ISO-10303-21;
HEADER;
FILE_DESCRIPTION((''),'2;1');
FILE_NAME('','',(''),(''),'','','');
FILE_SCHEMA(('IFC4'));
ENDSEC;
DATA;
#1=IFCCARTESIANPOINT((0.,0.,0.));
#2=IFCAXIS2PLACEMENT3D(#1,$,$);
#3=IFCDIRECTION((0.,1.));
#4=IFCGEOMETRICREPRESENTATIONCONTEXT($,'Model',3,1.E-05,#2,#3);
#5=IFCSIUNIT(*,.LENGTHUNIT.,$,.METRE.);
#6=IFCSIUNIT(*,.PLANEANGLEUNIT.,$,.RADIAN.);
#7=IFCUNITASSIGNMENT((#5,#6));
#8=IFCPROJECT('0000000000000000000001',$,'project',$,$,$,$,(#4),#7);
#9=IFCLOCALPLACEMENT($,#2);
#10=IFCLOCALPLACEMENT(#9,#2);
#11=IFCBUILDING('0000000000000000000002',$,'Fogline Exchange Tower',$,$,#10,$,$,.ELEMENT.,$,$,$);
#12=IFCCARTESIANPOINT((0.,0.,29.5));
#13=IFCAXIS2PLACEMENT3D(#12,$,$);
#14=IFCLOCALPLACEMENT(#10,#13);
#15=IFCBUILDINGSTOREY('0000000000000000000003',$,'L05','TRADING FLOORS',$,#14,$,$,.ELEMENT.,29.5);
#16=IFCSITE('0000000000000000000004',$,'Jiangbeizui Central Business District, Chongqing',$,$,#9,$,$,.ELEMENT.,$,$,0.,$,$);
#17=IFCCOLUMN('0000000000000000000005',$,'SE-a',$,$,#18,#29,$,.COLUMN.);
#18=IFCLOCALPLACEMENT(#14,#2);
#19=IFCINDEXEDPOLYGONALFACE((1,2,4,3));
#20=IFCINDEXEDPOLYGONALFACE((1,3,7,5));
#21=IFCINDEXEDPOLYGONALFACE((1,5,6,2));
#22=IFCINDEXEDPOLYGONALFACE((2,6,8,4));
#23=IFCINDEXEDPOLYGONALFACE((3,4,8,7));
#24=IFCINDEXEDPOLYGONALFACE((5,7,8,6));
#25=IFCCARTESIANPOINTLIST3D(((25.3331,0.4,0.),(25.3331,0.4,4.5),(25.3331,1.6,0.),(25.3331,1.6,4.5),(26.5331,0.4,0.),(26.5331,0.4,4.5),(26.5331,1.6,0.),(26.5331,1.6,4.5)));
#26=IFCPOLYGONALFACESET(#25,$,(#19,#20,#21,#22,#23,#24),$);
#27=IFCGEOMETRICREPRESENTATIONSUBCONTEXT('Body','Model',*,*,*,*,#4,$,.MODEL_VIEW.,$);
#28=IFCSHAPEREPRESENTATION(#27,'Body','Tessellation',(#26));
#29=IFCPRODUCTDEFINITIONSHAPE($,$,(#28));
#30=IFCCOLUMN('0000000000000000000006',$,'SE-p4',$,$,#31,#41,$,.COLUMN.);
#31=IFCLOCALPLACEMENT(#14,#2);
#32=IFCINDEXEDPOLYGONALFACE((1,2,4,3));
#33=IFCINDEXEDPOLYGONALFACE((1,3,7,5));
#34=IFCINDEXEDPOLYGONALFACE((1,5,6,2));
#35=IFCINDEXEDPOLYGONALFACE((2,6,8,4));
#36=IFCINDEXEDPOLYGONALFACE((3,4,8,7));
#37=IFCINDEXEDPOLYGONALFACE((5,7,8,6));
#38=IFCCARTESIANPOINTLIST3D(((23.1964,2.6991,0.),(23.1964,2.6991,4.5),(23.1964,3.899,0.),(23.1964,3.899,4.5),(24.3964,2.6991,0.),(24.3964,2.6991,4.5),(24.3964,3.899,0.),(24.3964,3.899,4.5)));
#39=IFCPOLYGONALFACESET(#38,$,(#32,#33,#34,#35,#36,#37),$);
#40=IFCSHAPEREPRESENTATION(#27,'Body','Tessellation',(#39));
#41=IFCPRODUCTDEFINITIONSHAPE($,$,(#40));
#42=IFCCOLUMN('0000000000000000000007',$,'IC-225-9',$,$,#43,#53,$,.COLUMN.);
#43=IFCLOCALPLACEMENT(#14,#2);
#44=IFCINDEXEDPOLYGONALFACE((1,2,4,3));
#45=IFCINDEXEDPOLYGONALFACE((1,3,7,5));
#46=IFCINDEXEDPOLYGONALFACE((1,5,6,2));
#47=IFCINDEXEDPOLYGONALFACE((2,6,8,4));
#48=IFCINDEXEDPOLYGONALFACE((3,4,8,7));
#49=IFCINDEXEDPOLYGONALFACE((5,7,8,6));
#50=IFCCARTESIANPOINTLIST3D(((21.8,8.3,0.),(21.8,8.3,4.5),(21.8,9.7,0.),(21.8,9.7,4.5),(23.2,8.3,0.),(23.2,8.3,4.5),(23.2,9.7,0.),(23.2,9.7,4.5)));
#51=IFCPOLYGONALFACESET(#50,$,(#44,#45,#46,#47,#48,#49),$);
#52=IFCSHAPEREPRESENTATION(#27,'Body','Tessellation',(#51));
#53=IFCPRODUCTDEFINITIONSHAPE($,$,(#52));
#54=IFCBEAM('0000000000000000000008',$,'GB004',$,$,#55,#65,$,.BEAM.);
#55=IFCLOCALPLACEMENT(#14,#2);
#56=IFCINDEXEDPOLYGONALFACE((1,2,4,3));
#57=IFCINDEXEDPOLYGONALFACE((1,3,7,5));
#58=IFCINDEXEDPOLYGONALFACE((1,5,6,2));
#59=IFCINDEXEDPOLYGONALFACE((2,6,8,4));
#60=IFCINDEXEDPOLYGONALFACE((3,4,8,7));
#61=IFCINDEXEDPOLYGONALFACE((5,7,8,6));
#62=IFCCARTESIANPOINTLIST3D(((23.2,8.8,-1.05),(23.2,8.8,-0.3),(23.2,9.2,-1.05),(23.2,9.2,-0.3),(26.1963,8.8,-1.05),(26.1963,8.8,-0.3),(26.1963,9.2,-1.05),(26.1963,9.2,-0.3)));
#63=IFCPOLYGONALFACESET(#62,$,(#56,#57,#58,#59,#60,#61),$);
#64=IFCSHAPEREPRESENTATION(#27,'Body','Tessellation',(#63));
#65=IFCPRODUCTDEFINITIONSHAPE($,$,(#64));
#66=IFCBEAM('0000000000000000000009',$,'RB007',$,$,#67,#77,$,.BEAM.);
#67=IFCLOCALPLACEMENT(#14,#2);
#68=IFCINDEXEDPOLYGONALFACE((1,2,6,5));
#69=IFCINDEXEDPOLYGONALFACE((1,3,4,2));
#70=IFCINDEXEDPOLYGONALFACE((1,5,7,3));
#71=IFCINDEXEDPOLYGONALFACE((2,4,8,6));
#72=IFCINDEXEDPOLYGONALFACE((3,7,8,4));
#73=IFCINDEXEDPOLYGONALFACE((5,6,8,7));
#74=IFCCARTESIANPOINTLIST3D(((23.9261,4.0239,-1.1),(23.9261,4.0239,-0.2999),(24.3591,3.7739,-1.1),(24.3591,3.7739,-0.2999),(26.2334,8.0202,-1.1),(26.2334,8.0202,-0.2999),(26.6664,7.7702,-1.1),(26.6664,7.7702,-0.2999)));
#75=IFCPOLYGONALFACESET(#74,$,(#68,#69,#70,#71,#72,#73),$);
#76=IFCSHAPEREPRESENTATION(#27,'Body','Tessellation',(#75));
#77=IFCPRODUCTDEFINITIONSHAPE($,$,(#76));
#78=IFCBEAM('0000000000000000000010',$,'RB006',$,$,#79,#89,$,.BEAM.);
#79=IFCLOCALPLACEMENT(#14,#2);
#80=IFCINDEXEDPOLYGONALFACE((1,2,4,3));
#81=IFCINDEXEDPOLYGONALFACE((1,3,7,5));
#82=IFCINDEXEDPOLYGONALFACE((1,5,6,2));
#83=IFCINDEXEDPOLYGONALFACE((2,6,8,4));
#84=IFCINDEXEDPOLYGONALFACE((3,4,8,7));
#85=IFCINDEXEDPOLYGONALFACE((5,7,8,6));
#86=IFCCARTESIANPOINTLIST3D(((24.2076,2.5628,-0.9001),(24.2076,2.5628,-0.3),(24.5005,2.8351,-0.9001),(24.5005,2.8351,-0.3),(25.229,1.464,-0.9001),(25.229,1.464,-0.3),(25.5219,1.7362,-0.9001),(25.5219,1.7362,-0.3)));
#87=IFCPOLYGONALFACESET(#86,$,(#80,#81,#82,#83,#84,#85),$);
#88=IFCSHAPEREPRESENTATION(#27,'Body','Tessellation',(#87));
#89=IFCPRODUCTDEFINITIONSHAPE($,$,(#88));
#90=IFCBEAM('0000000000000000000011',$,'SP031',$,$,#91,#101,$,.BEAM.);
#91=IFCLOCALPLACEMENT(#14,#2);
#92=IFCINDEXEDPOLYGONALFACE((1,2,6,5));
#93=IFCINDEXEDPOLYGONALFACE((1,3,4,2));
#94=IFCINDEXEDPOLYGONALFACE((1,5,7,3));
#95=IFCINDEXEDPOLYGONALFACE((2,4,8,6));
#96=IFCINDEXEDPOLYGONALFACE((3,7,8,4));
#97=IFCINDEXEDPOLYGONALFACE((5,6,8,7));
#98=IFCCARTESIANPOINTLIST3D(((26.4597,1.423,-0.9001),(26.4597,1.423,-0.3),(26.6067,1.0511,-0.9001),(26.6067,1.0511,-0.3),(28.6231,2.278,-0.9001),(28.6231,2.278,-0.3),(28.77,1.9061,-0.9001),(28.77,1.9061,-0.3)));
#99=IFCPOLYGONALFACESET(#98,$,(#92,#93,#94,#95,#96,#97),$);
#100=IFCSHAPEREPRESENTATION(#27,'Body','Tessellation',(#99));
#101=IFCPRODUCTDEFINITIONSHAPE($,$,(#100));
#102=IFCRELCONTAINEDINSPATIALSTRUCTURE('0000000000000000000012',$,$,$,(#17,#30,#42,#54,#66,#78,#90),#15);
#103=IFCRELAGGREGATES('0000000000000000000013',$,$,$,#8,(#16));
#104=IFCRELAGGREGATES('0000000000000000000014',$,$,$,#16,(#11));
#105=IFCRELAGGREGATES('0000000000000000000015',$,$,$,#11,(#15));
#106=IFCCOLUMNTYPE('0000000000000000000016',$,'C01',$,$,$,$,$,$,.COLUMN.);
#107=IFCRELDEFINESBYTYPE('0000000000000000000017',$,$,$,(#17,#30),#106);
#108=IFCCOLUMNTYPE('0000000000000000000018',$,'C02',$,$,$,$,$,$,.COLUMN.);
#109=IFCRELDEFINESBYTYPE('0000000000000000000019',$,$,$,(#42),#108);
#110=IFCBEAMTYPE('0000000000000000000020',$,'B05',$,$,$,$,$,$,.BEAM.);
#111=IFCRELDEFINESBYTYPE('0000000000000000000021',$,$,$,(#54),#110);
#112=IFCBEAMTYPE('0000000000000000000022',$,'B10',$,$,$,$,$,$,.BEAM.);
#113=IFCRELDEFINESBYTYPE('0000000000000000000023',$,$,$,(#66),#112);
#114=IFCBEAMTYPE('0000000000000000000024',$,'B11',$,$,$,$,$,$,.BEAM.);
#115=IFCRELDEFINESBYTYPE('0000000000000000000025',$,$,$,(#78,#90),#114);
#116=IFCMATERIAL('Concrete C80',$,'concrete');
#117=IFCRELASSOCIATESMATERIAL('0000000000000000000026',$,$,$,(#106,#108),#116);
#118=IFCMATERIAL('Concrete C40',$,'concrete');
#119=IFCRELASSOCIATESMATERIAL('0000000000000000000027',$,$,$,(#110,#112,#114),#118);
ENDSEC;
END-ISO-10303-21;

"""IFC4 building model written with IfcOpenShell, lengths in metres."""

from ifc_helpers import new_model, si_unit, direction, frame, origin, origin_2d, place, context, subcontext, project, spatial, rectangle, extrude, material, material_profile, profile_set, type_object, element, save


model = new_model("IFC4")

# Units and contexts
model_context = context("Model", 3, precision=1e-05, world=origin(), true_north=direction((0.0, 1.0)))
body_context = subcontext(model_context, "Body", "Model", "MODEL_VIEW")
ifc_project = project(units=[si_unit("LENGTHUNIT", "METRE"), si_unit("PLANEANGLEUNIT", "RADIAN")], contexts=[model_context])

# Site, building, storey
site_placement = place(None, origin())
site = spatial("IfcSite", under=ifc_project, at=site_placement, Name="Jiangbeizui Central Business District, Chongqing", CompositionType="ELEMENT", RefElevation=0.0)
building_placement = place(site_placement, origin())
building = spatial("IfcBuilding", under=site, at=building_placement, Name="Fogline Exchange Tower", CompositionType="ELEMENT")
storey_placement = place(building_placement, frame((0.0, 0.0, 29.5)))
storey = spatial("IfcBuildingStorey", under=building, at=storey_placement, Name="L05", Description="TRADING FLOORS", CompositionType="ELEMENT", Elevation=29.5)

# Columns
ifc_material_1 = material(Name="Concrete C80", Category="concrete")
ifc_material_profile_1 = material_profile(ifc_material_1, rectangle(XDim=1.2, YDim=1.2, at=origin_2d()), Name="RC 1200x1200")
ifc_profile_set_1 = profile_set([ifc_material_profile_1], Name="Concrete C80")
column_type_1 = type_object("IfcColumnType", Name="C01", PredefinedType="COLUMN", material=ifc_profile_set_1)
for number, where, z_axis, x_axis, name in (
    (1, (25.9331, 1.0, 0.0), (0.0, 0.0, 1.0), (1.0, 0.0, 0.0), "SE-a"),
    (2, (23.7964, 3.2991, 0.0), (0.0, 0.0, 1.0), (1.0, 0.0, 0.0), "SE-p4"),
):
    element("IfcColumn", number, at=place(storey_placement, frame(where, z_axis=z_axis, x_axis=x_axis)), inside=storey, type_object=column_type_1, Name=name, PredefinedType="COLUMN", context=body_context, shape_type="SweptSolid", body=[
        extrude(rectangle(XDim=1.2, YDim=1.2, at=origin_2d()), origin(), (0.0, 0.0, 1.0), 4.5),
    ])
ifc_material_profile_2 = material_profile(ifc_material_1, rectangle(XDim=1.3999, YDim=1.3999, at=origin_2d()), Name="RC 1400x1400")
ifc_profile_set_2 = profile_set([ifc_material_profile_2], Name="Concrete C80")
column_type_2 = type_object("IfcColumnType", Name="C02", PredefinedType="COLUMN", material=ifc_profile_set_2)
column_placement = place(storey_placement, frame((22.5, 9.0, 0.0), z_axis=(0.0, 0.0, 1.0), x_axis=(1.0, 0.0, 0.0)))
element("IfcColumn", 3, at=column_placement, inside=storey, type_object=column_type_2, Name="IC-225-9", PredefinedType="COLUMN", context=body_context, shape_type="SweptSolid", body=[
    extrude(rectangle(XDim=1.3999, YDim=1.3999, at=origin_2d()), origin(), (0.0, 0.0, 1.0), 4.5),
])

# Beams
ifc_material_2 = material(Name="Concrete C40", Category="concrete")
ifc_material_profile_3 = material_profile(ifc_material_2, rectangle(XDim=0.3999, YDim=0.75, at=origin_2d()), Name="RC 400x750")
ifc_profile_set_3 = profile_set([ifc_material_profile_3], Name="Concrete C40")
beam_type_1 = type_object("IfcBeamType", Name="B05", PredefinedType="BEAM", material=ifc_profile_set_3)
beam_1_placement = place(storey_placement, frame((23.2, 9.0, -0.675), z_axis=(1.0, 0.0, 0.0), x_axis=(0.0, 1.0, 0.0)))
element("IfcBeam", 4, at=beam_1_placement, inside=storey, type_object=beam_type_1, Name="GB004", PredefinedType="BEAM", context=body_context, shape_type="SweptSolid", body=[
    extrude(rectangle(XDim=0.3999, YDim=0.75, at=origin_2d()), origin(), (0.0, 0.0, 1.0), 2.9963),
])
ifc_material_profile_4 = material_profile(ifc_material_2, rectangle(XDim=0.5, YDim=0.8, at=origin_2d()), Name="RC 500x800")
ifc_profile_set_4 = profile_set([ifc_material_profile_4], Name="Concrete C40")
beam_type_2 = type_object("IfcBeamType", Name="B10", PredefinedType="BEAM", material=ifc_profile_set_4)
beam_2_placement = place(storey_placement, frame((24.1426, 3.8989, -0.7), z_axis=(0.500014, 0.866017, 0.0), x_axis=(-0.866017, 0.500014, 0.0)))
element("IfcBeam", 5, at=beam_2_placement, inside=storey, type_object=beam_type_2, Name="RB007", PredefinedType="BEAM", context=body_context, shape_type="SweptSolid", body=[
    extrude(rectangle(XDim=0.5, YDim=0.8, at=origin_2d()), origin(), (0.0, 0.0, 1.0), 4.6145),
])
ifc_material_profile_5 = material_profile(ifc_material_2, rectangle(XDim=0.3999, YDim=0.6001, at=origin_2d()), Name="RC 400x600")
ifc_profile_set_5 = profile_set([ifc_material_profile_5], Name="Concrete C40")
beam_type_3 = type_object("IfcBeamType", Name="B11", PredefinedType="BEAM", material=ifc_profile_set_5)
beam_3_placement = place(storey_placement, frame((25.3755, 1.6001, -0.6001), z_axis=(-0.680844, 0.732428, 0.0), x_axis=(-0.732428, -0.680844, 0.0)))
element("IfcBeam", 6, at=beam_3_placement, inside=storey, type_object=beam_type_3, Name="RB006", PredefinedType="BEAM", context=body_context, shape_type="SweptSolid", body=[
    extrude(rectangle(XDim=0.3999, YDim=0.6001, at=origin_2d()), origin(), (0.0, 0.0, 1.0), 1.5002),
])
beam_4_placement = place(storey_placement, frame((26.5332, 1.2371, -0.6001), z_axis=(0.930003, 0.367551, 0.0), x_axis=(-0.367551, 0.930003, 0.0)))
element("IfcBeam", 7, at=beam_4_placement, inside=storey, type_object=beam_type_3, Name="SP031", PredefinedType="BEAM", context=body_context, shape_type="SweptSolid", body=[
    extrude(rectangle(XDim=0.3999, YDim=0.6001, at=origin_2d()), origin(), (0.0, 0.0, 1.0), 2.3262),
])

save(model, "model.ifc")
